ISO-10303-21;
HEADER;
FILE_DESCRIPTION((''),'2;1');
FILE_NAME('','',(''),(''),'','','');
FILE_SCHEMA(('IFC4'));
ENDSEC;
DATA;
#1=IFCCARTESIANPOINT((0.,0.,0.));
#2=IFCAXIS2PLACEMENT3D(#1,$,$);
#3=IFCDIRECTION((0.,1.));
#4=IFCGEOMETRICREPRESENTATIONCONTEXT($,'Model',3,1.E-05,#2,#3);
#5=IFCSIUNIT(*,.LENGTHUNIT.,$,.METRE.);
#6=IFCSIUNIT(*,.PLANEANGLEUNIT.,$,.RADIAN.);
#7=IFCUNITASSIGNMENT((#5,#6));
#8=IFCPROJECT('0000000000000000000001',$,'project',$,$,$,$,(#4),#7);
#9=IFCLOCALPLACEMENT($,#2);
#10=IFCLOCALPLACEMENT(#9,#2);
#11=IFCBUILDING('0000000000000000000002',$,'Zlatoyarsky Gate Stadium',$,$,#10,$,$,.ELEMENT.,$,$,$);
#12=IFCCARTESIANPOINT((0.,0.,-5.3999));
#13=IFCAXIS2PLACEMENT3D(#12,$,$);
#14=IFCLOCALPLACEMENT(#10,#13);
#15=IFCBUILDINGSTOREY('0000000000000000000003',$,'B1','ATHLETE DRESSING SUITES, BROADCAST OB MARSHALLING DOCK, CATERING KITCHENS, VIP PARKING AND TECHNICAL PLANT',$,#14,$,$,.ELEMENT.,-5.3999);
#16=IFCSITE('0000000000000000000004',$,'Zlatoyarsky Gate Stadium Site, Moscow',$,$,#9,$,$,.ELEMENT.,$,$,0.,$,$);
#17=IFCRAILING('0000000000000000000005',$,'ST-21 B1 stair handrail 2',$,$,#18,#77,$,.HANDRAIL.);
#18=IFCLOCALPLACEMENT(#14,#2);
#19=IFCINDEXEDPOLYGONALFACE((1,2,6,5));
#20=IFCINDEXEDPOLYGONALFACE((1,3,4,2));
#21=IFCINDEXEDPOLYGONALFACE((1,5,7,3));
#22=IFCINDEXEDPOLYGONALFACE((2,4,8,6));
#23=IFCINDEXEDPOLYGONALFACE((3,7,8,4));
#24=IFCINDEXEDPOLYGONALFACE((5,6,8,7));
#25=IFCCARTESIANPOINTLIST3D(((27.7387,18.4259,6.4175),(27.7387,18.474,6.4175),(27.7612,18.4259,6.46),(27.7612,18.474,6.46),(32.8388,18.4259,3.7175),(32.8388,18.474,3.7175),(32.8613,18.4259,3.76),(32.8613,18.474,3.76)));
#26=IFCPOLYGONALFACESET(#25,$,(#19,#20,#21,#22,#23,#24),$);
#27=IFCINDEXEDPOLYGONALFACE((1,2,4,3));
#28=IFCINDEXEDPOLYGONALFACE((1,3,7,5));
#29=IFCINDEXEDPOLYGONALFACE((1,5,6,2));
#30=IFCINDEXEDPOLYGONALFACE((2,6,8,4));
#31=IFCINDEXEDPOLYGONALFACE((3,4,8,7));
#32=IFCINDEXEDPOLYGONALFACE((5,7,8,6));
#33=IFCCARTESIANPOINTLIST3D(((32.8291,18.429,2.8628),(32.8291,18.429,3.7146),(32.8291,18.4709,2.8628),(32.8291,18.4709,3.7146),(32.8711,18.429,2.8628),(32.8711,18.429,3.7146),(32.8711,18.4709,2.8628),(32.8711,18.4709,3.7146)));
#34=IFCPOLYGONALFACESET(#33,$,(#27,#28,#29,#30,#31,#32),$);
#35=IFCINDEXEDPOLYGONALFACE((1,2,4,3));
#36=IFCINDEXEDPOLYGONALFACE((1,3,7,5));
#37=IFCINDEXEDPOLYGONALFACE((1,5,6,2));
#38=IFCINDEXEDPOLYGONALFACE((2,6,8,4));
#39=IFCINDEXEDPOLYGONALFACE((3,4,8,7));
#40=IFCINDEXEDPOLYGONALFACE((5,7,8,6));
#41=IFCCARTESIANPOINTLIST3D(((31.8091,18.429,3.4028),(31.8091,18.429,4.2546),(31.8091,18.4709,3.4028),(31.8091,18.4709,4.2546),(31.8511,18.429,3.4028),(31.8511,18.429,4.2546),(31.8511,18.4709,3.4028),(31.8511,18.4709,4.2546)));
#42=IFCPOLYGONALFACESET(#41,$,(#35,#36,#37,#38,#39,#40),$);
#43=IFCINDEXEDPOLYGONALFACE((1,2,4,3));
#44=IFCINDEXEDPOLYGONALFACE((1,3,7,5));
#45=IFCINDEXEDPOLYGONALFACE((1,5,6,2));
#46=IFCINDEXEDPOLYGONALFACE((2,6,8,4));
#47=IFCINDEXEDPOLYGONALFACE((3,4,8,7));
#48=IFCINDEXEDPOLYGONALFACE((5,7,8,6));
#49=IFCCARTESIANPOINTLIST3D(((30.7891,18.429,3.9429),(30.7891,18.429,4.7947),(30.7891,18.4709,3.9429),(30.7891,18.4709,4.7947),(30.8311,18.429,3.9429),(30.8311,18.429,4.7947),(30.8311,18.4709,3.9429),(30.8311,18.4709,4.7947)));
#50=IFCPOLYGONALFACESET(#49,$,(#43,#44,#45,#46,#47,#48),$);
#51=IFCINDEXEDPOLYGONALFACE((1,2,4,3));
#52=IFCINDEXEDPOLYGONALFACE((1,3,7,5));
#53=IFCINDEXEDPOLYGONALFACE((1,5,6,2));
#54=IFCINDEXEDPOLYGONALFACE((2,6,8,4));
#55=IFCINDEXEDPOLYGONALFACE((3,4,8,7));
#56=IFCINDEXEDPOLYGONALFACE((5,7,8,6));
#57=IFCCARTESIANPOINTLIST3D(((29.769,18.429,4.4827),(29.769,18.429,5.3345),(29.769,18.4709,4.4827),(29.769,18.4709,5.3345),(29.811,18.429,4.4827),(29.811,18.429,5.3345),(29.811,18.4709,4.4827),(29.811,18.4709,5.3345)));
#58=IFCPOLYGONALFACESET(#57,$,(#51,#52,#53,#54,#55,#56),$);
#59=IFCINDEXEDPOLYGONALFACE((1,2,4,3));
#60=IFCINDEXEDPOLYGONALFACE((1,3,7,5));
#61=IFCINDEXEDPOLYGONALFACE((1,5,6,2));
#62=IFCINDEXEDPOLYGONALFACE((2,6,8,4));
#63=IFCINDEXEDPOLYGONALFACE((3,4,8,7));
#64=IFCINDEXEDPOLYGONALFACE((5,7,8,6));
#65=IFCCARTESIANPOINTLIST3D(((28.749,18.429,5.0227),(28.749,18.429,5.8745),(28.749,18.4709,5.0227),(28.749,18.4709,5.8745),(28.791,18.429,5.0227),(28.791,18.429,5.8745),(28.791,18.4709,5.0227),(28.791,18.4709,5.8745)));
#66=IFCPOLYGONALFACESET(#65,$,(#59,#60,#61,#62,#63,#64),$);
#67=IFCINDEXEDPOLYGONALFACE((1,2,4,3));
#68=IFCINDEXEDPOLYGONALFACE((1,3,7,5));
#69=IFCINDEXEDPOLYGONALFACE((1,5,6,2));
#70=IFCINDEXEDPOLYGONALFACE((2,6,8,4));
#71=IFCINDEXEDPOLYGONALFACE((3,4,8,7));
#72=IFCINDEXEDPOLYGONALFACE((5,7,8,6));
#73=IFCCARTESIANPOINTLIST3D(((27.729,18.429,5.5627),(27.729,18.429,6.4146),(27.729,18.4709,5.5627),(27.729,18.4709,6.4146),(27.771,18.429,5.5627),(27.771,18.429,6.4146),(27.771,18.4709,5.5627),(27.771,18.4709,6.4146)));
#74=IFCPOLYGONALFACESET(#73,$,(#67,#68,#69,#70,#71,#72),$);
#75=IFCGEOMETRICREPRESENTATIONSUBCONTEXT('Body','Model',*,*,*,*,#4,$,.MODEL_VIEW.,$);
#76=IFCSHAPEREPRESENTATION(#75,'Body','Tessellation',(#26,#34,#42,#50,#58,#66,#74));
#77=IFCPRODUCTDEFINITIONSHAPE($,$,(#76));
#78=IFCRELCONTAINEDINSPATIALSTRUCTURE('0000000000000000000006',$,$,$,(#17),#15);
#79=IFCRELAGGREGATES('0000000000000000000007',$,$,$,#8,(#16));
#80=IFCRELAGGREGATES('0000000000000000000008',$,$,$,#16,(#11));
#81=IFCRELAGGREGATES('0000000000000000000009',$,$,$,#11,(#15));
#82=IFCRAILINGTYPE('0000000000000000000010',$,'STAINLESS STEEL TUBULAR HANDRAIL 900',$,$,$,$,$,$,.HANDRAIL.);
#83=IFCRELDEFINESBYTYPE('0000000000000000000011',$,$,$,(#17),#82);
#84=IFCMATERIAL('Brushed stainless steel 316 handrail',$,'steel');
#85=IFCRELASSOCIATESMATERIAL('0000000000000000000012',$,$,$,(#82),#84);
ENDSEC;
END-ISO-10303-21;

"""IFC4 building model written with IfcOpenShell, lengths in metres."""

from ifc_helpers import new_model, si_unit, direction, frame, origin, origin_2d, place, context, subcontext, project, spatial, rectangle, extrude, material, type_object, element, save


model = new_model("IFC4")

# Units and contexts
model_context = context("Model", 3, precision=1e-05, world=origin(), true_north=direction((0.0, 1.0)))
body_context = subcontext(model_context, "Body", "Model", "MODEL_VIEW")
ifc_project = project(units=[si_unit("LENGTHUNIT", "METRE"), si_unit("PLANEANGLEUNIT", "RADIAN")], contexts=[model_context])

# Site, building, storey
site_placement = place(None, origin())
site = spatial("IfcSite", under=ifc_project, at=site_placement, Name="Zlatoyarsky Gate Stadium Site, Moscow", CompositionType="ELEMENT", RefElevation=0.0)
building_placement = place(site_placement, origin())
building = spatial("IfcBuilding", under=site, at=building_placement, Name="Zlatoyarsky Gate Stadium", CompositionType="ELEMENT")
storey_placement = place(building_placement, frame((0.0, 0.0, -5.3999)))
storey = spatial("IfcBuildingStorey", under=building, at=storey_placement, Name="B1", Description="ATHLETE DRESSING SUITES, BROADCAST OB MARSHALLING DOCK, CATERING KITCHENS, VIP PARKING AND TECHNICAL PLANT", CompositionType="ELEMENT", Elevation=-5.3999)

# Railing
ifc_material_1 = material(Name="Brushed stainless steel 316 handrail", Category="steel")
railing_type_1 = type_object("IfcRailingType", Name="STAINLESS STEEL TUBULAR HANDRAIL 900", PredefinedType="HANDRAIL", material=ifc_material_1)
railing_1_placement = place(storey_placement, frame((32.8501, 18.45, 2.8628)))
element("IfcRailing", 1, at=railing_1_placement, inside=storey, type_object=railing_type_1, Name="ST-21 B1 stair handrail 2", PredefinedType="HANDRAIL", context=body_context, shape_type="SweptSolid", body=[
    extrude(rectangle(XDim=0.0481, YDim=0.0481, at=origin_2d()), frame((0.0, 0.0, 0.876), z_axis=(-0.883795, 0.0, 0.467874), x_axis=(0.0, -1.0, 0.0)), (0.0, 0.0, 1.0), 5.7708),
    extrude(rectangle(XDim=0.042, YDim=0.042, at=origin_2d()), origin(), (0.0, 0.0, 1.0), 0.8518),
    extrude(rectangle(XDim=0.042, YDim=0.042, at=origin_2d()), frame((-1.02, 0.0, 0.54)), (0.0, 0.0, 1.0), 0.8518),
    extrude(rectangle(XDim=0.042, YDim=0.042, at=origin_2d()), frame((-2.04, 0.0, 1.0801)), (0.0, 0.0, 1.0), 0.8518),
    extrude(rectangle(XDim=0.042, YDim=0.042, at=origin_2d()), frame((-3.0601, 0.0, 1.6199)), (0.0, 0.0, 1.0), 0.8518),
    extrude(rectangle(XDim=0.042, YDim=0.042, at=origin_2d()), frame((-4.0801, 0.0, 2.1599)), (0.0, 0.0, 1.0), 0.8518),
    extrude(rectangle(XDim=0.042, YDim=0.042, at=origin_2d()), frame((-5.1001, 0.0, 2.7)), (0.0, 0.0, 1.0), 0.8518),
])

save(model, "model.ifc")
